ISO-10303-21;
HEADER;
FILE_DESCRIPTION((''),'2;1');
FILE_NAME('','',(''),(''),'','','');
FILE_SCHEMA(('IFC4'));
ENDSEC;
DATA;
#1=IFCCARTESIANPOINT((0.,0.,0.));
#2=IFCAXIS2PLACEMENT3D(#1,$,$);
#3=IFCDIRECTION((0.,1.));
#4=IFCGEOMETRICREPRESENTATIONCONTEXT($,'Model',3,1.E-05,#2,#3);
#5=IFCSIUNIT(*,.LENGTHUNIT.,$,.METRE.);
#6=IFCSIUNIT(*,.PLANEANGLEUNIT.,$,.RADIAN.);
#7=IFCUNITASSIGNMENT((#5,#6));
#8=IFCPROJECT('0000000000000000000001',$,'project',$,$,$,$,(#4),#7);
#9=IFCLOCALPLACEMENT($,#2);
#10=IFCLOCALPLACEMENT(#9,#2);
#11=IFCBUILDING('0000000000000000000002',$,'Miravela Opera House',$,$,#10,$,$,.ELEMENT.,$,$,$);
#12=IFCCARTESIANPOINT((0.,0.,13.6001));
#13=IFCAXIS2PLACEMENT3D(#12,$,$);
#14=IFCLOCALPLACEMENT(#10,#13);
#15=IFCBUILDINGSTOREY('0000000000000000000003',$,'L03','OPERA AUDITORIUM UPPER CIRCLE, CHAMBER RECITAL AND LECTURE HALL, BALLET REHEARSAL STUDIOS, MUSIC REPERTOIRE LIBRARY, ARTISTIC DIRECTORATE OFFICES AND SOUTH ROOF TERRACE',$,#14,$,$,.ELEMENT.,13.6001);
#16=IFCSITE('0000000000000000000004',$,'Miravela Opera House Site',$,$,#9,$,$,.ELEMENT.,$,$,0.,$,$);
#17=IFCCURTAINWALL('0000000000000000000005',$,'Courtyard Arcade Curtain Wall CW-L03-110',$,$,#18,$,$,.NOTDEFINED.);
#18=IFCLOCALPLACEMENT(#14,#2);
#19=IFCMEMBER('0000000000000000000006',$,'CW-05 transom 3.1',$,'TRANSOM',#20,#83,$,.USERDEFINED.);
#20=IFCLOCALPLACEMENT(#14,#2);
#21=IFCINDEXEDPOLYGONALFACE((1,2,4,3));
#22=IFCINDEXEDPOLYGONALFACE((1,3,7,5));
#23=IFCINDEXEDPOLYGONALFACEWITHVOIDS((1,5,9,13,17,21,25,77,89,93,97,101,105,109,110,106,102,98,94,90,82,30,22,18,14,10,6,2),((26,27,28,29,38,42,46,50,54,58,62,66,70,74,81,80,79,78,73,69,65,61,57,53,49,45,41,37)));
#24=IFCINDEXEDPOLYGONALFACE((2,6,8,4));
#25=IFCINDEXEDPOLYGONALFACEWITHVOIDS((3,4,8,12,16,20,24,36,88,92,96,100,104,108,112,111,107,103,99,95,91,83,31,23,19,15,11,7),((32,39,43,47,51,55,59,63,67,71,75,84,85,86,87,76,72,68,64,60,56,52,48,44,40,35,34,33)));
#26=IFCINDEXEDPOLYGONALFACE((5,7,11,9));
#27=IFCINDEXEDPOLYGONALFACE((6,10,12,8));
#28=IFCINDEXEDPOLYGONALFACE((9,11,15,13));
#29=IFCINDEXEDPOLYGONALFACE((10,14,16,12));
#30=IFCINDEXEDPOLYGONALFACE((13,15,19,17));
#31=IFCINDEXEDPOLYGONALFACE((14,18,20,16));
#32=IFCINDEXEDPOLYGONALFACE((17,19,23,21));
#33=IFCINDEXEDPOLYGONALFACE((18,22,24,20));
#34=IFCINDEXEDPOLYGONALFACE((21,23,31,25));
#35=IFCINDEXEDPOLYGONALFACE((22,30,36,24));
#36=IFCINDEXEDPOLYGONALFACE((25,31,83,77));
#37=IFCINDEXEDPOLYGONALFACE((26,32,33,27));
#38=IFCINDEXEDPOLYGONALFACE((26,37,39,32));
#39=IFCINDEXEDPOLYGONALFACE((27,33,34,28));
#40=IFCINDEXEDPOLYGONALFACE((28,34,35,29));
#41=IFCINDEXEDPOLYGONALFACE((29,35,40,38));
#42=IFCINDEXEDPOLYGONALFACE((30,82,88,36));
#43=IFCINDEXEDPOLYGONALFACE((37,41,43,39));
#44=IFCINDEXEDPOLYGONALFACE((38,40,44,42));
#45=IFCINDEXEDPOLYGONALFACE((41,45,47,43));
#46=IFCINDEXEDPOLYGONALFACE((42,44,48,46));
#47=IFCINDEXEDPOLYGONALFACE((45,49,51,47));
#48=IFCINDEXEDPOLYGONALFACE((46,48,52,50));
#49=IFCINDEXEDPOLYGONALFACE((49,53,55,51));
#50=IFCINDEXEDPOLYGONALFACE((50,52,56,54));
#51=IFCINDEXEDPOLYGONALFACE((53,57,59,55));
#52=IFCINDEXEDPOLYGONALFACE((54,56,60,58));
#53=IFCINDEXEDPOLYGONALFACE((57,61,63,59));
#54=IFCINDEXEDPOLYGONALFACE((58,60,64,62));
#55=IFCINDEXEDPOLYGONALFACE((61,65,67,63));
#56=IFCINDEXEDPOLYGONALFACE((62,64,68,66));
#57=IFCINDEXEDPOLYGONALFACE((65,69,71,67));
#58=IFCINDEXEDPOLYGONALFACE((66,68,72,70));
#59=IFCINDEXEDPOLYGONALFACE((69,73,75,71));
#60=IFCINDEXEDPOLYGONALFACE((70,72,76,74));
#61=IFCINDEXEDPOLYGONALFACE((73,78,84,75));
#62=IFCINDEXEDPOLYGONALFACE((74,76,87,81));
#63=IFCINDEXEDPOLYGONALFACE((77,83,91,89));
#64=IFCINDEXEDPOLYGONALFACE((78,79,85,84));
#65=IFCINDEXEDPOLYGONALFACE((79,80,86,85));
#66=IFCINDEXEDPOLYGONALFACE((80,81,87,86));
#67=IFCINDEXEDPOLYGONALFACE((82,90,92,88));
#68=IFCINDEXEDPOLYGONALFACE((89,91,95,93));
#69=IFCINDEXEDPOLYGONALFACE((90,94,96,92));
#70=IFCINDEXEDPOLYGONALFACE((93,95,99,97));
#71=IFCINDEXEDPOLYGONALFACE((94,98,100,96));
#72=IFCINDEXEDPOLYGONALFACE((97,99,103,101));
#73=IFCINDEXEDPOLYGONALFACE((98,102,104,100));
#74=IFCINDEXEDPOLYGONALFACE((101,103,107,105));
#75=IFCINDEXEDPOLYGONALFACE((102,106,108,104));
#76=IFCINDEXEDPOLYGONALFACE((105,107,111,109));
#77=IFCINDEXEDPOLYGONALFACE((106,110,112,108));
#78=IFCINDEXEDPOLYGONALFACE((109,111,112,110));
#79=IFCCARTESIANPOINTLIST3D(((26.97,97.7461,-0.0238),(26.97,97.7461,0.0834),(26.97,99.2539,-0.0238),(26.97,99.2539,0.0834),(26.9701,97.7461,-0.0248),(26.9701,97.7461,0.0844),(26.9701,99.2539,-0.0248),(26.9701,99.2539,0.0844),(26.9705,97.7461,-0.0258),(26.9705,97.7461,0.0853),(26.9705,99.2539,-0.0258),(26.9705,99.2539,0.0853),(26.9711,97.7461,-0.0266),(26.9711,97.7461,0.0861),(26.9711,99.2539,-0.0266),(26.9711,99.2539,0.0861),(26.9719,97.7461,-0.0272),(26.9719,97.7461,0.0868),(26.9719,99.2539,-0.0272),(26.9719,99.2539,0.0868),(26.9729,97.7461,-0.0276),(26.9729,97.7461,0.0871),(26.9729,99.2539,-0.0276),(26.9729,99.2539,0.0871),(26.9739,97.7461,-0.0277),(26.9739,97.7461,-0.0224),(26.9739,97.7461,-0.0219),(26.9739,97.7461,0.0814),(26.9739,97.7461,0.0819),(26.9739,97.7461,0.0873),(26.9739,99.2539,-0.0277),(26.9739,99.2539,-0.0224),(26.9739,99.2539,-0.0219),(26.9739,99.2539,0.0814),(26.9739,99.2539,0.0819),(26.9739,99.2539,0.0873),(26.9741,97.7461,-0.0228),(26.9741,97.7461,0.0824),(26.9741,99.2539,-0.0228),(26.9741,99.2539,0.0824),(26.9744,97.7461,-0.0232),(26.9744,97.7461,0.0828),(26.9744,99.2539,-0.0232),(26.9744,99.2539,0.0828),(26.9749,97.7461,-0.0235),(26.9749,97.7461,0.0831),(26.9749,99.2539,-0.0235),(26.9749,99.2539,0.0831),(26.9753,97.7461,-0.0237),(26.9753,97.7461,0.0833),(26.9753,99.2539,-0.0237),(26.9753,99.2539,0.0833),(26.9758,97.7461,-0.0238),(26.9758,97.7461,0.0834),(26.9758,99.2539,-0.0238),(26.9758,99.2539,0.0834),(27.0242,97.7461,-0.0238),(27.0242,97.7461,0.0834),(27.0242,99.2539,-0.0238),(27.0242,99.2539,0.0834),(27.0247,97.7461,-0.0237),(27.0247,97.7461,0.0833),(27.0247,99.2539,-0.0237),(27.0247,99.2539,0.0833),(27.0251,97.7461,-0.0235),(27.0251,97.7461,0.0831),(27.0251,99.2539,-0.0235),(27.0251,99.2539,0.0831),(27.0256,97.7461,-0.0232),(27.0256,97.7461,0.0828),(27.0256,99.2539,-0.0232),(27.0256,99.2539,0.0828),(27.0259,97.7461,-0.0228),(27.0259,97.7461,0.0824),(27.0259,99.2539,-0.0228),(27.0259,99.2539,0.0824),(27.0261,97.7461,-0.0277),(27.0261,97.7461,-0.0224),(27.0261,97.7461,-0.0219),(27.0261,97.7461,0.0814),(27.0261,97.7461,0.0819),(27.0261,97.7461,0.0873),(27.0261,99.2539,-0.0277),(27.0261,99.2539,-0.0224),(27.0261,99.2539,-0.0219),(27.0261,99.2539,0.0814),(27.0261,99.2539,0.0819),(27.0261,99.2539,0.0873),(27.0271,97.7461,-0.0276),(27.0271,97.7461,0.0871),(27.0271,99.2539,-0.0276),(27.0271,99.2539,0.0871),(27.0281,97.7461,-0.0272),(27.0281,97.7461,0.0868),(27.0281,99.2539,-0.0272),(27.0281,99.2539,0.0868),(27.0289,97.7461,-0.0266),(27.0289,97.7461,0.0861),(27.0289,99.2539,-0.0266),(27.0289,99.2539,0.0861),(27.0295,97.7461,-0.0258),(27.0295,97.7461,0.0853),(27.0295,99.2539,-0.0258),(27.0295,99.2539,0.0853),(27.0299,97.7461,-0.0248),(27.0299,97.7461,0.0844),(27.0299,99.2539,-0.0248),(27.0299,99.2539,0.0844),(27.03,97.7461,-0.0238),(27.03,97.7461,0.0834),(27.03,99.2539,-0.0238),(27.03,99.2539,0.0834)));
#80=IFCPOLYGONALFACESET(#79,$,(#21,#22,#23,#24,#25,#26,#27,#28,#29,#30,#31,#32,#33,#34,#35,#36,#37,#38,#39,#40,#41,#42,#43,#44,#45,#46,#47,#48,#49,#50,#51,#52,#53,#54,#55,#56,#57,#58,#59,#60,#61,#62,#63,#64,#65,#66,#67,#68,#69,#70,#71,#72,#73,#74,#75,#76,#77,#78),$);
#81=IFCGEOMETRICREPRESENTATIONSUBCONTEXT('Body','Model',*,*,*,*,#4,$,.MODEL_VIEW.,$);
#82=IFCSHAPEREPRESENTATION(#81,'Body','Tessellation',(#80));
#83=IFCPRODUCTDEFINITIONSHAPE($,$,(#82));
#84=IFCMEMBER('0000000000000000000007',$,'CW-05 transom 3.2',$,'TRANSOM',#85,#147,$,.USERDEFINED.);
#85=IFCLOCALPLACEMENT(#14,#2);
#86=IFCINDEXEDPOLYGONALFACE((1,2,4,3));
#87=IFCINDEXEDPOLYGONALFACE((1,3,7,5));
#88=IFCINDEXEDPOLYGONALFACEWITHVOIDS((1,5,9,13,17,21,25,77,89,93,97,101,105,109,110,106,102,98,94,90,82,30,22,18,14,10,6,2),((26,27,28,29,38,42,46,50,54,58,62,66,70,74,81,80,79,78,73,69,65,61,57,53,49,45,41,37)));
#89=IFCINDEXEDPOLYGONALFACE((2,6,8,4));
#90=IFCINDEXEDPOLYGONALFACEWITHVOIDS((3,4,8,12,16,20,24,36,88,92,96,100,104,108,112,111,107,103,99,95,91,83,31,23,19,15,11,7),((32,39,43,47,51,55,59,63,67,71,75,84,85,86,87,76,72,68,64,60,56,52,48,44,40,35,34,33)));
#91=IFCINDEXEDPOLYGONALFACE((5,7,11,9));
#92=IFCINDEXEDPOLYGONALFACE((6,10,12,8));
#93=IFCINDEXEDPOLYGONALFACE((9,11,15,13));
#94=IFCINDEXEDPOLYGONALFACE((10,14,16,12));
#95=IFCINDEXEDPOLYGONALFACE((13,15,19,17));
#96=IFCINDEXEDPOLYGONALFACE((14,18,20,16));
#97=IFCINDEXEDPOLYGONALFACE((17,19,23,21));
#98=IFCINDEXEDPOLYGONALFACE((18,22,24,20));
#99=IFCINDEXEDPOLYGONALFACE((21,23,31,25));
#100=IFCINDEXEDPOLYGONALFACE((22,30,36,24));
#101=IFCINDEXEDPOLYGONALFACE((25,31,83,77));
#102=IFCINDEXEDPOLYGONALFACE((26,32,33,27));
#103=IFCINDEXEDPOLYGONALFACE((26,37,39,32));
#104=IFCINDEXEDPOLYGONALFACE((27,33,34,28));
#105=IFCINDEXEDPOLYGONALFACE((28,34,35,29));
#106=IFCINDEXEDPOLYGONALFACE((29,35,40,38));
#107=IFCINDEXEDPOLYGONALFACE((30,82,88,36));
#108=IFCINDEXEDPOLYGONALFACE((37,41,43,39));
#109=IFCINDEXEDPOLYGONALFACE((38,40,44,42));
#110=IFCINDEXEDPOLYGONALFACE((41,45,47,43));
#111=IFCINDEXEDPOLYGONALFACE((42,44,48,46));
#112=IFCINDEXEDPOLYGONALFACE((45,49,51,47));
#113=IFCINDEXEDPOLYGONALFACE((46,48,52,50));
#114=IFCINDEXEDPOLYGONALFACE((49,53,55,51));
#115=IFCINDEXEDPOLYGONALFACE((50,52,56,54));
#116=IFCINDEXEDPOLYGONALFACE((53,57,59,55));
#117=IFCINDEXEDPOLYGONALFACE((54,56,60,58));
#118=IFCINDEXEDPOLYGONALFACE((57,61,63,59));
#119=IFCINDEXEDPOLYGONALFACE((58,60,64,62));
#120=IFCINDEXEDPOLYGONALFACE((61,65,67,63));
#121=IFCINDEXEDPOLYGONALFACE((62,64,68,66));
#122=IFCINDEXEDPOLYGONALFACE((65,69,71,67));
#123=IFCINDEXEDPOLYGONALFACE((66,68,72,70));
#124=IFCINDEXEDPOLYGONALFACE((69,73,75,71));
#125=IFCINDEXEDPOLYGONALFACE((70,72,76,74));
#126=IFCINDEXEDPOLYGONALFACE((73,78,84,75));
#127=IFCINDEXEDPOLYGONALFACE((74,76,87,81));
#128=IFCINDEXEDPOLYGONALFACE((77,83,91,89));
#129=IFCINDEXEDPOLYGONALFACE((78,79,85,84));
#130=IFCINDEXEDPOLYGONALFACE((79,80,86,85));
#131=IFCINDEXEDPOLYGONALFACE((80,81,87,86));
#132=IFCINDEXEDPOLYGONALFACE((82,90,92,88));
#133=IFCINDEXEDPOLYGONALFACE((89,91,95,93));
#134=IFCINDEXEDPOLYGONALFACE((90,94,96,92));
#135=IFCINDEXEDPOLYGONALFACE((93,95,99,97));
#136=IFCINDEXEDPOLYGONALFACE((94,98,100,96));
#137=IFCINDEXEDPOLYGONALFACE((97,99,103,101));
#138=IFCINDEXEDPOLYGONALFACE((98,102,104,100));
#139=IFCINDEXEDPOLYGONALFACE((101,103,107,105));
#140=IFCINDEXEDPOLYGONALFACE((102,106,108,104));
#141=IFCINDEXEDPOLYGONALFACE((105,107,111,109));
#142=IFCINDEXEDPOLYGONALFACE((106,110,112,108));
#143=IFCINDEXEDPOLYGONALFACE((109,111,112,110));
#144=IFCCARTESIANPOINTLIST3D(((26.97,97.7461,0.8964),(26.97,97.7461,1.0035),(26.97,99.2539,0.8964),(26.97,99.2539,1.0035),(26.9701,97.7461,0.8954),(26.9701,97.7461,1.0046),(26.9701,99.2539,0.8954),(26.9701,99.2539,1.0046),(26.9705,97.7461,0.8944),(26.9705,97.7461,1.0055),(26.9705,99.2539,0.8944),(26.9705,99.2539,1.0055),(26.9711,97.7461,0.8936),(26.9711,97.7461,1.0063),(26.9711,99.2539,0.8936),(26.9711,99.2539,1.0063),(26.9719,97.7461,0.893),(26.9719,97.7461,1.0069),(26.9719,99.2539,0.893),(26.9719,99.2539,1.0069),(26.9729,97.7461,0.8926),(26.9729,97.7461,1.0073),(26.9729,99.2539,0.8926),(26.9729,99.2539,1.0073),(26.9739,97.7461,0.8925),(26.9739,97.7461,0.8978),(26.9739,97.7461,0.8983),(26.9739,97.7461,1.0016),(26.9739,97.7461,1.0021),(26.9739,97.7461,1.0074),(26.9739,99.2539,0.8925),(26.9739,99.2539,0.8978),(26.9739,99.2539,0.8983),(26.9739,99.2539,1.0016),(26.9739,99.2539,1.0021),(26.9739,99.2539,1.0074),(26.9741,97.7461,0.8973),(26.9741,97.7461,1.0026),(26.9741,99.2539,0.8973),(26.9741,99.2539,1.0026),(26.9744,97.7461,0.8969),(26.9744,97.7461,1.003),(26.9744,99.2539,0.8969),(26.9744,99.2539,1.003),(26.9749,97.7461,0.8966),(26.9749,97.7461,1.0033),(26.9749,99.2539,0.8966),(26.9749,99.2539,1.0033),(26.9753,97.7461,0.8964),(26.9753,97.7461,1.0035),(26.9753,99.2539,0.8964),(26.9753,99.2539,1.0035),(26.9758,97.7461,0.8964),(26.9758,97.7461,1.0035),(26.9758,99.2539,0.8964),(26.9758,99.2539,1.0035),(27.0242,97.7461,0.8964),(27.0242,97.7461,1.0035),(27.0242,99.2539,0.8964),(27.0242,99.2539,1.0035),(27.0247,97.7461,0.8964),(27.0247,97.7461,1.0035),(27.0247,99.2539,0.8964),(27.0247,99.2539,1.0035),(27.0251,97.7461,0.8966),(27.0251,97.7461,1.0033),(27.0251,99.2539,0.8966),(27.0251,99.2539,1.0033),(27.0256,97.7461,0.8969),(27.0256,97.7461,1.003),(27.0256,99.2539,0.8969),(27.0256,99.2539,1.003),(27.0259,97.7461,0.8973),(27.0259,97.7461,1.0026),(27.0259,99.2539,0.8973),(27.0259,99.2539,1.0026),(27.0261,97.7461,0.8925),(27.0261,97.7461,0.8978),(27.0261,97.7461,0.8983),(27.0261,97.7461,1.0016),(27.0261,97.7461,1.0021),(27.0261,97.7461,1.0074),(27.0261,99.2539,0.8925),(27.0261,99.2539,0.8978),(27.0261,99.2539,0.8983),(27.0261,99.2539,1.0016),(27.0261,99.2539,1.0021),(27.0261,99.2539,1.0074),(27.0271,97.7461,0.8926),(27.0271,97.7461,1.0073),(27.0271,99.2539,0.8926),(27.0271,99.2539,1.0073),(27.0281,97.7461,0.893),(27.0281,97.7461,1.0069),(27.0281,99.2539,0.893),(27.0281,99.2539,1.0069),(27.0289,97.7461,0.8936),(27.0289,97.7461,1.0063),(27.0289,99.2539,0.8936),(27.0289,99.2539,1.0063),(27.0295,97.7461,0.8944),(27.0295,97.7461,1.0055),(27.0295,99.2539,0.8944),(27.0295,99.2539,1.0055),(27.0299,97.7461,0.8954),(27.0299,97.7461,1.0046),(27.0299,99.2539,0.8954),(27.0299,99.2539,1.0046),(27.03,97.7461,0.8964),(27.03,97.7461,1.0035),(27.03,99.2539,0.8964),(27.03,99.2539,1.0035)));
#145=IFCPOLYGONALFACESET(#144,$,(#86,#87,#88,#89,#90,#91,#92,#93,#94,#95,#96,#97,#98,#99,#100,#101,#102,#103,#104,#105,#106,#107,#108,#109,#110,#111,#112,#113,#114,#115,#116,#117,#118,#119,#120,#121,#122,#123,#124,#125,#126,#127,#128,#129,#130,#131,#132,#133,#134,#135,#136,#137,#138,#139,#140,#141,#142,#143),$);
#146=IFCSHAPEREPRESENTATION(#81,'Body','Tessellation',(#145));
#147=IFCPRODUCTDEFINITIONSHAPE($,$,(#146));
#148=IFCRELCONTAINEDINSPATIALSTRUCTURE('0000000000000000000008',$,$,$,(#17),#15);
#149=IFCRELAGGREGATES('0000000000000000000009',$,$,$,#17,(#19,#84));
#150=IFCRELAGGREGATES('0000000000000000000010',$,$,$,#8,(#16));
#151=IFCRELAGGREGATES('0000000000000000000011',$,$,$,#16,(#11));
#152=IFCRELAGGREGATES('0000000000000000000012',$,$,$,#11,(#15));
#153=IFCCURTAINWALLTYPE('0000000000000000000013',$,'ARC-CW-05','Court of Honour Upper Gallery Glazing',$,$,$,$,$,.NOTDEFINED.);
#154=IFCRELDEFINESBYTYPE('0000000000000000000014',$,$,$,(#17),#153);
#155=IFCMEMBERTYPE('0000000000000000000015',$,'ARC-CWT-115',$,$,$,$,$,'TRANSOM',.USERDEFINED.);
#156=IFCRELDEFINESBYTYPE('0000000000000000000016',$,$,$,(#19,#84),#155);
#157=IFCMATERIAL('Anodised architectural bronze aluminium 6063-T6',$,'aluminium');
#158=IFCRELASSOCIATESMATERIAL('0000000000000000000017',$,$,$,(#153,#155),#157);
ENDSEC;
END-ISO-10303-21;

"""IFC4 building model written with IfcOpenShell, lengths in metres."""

from ifc_helpers import new_model, si_unit, direction, frame, origin, origin_2d, place, context, subcontext, project, spatial, hollow_rectangle, extrude, material, material_profile, profile_set, type_object, element, aggregate, save


model = new_model("IFC4")

# Units and contexts
model_context = context("Model", 3, precision=1e-05, world=origin(), true_north=direction((0.0, 1.0)))
body_context = subcontext(model_context, "Body", "Model", "MODEL_VIEW")
ifc_project = project(units=[si_unit("LENGTHUNIT", "METRE"), si_unit("PLANEANGLEUNIT", "RADIAN")], contexts=[model_context])

# Site, building, storey
site_placement = place(None, origin())
site = spatial("IfcSite", under=ifc_project, at=site_placement, Name="Miravela Opera House Site", CompositionType="ELEMENT", RefElevation=0.0)
building_placement = place(site_placement, origin())
building = spatial("IfcBuilding", under=site, at=building_placement, Name="Miravela Opera House", CompositionType="ELEMENT")
storey_placement = place(building_placement, frame((0.0, 0.0, 13.6001)))
storey = spatial("IfcBuildingStorey", under=building, at=storey_placement, Name="L03", Description="OPERA AUDITORIUM UPPER CIRCLE, CHAMBER RECITAL AND LECTURE HALL, BALLET REHEARSAL STUDIOS, MUSIC REPERTOIRE LIBRARY, ARTISTIC DIRECTORATE OFFICES AND SOUTH ROOF TERRACE", CompositionType="ELEMENT", Elevation=13.6001)

# Curtain wall, members
ifc_material_1 = material(Name="Anodised architectural bronze aluminium 6063-T6", Category="aluminium")
curtain_wall_type = type_object("IfcCurtainWallType", Name="ARC-CW-05", Description="Court of Honour Upper Gallery Glazing", PredefinedType="NOTDEFINED", material=ifc_material_1)
curtain_wall_placement = place(storey_placement, origin())
curtain_wall = element("IfcCurtainWall", 1, at=curtain_wall_placement, inside=storey, type_object=curtain_wall_type, Name="Courtyard Arcade Curtain Wall CW-L03-110", PredefinedType="NOTDEFINED")
ifc_material_profile_1 = material_profile(ifc_material_1, hollow_rectangle(XDim=0.0601, YDim=0.115, WallThickness=0.0039, InnerFilletRadius=0.002, OuterFilletRadius=0.0039, at=origin_2d()), Name="CWT-60X115")
ifc_profile_set_1 = profile_set([ifc_material_profile_1])
member_type_1 = type_object("IfcMemberType", Name="ARC-CWT-115", ElementType="TRANSOM", PredefinedType="USERDEFINED", material=ifc_profile_set_1)
member_1_placement = place(storey_placement, frame((27.0, 97.7461, 0.0298), z_axis=(0.0, 1.0, 0.0), x_axis=(-1.0, 0.0, 0.0)))
member_1 = element("IfcMember", 2, at=member_1_placement, type_object=member_type_1, Name="CW-05 transom 3.1", ObjectType="TRANSOM", PredefinedType="USERDEFINED", context=body_context, shape_type="SweptSolid", body=[
    extrude(hollow_rectangle(XDim=0.0601, YDim=0.115, WallThickness=0.0039, InnerFilletRadius=0.002, OuterFilletRadius=0.0039, at=origin_2d()), origin(), (0.0, 0.0, 1.0), 1.5078),
])
member_2_placement = place(storey_placement, frame((27.0, 97.7461, 0.95), z_axis=(0.0, 1.0, 0.0), x_axis=(-1.0, 0.0, 0.0)))
member_2 = element("IfcMember", 3, at=member_2_placement, type_object=member_type_1, Name="CW-05 transom 3.2", ObjectType="TRANSOM", PredefinedType="USERDEFINED", context=body_context, shape_type="SweptSolid", body=[
    extrude(hollow_rectangle(XDim=0.0601, YDim=0.115, WallThickness=0.0039, InnerFilletRadius=0.002, OuterFilletRadius=0.0039, at=origin_2d()), origin(), (0.0, 0.0, 1.0), 1.5078),
])
aggregate(curtain_wall, [member_1, member_2])

save(model, "model.ifc")
